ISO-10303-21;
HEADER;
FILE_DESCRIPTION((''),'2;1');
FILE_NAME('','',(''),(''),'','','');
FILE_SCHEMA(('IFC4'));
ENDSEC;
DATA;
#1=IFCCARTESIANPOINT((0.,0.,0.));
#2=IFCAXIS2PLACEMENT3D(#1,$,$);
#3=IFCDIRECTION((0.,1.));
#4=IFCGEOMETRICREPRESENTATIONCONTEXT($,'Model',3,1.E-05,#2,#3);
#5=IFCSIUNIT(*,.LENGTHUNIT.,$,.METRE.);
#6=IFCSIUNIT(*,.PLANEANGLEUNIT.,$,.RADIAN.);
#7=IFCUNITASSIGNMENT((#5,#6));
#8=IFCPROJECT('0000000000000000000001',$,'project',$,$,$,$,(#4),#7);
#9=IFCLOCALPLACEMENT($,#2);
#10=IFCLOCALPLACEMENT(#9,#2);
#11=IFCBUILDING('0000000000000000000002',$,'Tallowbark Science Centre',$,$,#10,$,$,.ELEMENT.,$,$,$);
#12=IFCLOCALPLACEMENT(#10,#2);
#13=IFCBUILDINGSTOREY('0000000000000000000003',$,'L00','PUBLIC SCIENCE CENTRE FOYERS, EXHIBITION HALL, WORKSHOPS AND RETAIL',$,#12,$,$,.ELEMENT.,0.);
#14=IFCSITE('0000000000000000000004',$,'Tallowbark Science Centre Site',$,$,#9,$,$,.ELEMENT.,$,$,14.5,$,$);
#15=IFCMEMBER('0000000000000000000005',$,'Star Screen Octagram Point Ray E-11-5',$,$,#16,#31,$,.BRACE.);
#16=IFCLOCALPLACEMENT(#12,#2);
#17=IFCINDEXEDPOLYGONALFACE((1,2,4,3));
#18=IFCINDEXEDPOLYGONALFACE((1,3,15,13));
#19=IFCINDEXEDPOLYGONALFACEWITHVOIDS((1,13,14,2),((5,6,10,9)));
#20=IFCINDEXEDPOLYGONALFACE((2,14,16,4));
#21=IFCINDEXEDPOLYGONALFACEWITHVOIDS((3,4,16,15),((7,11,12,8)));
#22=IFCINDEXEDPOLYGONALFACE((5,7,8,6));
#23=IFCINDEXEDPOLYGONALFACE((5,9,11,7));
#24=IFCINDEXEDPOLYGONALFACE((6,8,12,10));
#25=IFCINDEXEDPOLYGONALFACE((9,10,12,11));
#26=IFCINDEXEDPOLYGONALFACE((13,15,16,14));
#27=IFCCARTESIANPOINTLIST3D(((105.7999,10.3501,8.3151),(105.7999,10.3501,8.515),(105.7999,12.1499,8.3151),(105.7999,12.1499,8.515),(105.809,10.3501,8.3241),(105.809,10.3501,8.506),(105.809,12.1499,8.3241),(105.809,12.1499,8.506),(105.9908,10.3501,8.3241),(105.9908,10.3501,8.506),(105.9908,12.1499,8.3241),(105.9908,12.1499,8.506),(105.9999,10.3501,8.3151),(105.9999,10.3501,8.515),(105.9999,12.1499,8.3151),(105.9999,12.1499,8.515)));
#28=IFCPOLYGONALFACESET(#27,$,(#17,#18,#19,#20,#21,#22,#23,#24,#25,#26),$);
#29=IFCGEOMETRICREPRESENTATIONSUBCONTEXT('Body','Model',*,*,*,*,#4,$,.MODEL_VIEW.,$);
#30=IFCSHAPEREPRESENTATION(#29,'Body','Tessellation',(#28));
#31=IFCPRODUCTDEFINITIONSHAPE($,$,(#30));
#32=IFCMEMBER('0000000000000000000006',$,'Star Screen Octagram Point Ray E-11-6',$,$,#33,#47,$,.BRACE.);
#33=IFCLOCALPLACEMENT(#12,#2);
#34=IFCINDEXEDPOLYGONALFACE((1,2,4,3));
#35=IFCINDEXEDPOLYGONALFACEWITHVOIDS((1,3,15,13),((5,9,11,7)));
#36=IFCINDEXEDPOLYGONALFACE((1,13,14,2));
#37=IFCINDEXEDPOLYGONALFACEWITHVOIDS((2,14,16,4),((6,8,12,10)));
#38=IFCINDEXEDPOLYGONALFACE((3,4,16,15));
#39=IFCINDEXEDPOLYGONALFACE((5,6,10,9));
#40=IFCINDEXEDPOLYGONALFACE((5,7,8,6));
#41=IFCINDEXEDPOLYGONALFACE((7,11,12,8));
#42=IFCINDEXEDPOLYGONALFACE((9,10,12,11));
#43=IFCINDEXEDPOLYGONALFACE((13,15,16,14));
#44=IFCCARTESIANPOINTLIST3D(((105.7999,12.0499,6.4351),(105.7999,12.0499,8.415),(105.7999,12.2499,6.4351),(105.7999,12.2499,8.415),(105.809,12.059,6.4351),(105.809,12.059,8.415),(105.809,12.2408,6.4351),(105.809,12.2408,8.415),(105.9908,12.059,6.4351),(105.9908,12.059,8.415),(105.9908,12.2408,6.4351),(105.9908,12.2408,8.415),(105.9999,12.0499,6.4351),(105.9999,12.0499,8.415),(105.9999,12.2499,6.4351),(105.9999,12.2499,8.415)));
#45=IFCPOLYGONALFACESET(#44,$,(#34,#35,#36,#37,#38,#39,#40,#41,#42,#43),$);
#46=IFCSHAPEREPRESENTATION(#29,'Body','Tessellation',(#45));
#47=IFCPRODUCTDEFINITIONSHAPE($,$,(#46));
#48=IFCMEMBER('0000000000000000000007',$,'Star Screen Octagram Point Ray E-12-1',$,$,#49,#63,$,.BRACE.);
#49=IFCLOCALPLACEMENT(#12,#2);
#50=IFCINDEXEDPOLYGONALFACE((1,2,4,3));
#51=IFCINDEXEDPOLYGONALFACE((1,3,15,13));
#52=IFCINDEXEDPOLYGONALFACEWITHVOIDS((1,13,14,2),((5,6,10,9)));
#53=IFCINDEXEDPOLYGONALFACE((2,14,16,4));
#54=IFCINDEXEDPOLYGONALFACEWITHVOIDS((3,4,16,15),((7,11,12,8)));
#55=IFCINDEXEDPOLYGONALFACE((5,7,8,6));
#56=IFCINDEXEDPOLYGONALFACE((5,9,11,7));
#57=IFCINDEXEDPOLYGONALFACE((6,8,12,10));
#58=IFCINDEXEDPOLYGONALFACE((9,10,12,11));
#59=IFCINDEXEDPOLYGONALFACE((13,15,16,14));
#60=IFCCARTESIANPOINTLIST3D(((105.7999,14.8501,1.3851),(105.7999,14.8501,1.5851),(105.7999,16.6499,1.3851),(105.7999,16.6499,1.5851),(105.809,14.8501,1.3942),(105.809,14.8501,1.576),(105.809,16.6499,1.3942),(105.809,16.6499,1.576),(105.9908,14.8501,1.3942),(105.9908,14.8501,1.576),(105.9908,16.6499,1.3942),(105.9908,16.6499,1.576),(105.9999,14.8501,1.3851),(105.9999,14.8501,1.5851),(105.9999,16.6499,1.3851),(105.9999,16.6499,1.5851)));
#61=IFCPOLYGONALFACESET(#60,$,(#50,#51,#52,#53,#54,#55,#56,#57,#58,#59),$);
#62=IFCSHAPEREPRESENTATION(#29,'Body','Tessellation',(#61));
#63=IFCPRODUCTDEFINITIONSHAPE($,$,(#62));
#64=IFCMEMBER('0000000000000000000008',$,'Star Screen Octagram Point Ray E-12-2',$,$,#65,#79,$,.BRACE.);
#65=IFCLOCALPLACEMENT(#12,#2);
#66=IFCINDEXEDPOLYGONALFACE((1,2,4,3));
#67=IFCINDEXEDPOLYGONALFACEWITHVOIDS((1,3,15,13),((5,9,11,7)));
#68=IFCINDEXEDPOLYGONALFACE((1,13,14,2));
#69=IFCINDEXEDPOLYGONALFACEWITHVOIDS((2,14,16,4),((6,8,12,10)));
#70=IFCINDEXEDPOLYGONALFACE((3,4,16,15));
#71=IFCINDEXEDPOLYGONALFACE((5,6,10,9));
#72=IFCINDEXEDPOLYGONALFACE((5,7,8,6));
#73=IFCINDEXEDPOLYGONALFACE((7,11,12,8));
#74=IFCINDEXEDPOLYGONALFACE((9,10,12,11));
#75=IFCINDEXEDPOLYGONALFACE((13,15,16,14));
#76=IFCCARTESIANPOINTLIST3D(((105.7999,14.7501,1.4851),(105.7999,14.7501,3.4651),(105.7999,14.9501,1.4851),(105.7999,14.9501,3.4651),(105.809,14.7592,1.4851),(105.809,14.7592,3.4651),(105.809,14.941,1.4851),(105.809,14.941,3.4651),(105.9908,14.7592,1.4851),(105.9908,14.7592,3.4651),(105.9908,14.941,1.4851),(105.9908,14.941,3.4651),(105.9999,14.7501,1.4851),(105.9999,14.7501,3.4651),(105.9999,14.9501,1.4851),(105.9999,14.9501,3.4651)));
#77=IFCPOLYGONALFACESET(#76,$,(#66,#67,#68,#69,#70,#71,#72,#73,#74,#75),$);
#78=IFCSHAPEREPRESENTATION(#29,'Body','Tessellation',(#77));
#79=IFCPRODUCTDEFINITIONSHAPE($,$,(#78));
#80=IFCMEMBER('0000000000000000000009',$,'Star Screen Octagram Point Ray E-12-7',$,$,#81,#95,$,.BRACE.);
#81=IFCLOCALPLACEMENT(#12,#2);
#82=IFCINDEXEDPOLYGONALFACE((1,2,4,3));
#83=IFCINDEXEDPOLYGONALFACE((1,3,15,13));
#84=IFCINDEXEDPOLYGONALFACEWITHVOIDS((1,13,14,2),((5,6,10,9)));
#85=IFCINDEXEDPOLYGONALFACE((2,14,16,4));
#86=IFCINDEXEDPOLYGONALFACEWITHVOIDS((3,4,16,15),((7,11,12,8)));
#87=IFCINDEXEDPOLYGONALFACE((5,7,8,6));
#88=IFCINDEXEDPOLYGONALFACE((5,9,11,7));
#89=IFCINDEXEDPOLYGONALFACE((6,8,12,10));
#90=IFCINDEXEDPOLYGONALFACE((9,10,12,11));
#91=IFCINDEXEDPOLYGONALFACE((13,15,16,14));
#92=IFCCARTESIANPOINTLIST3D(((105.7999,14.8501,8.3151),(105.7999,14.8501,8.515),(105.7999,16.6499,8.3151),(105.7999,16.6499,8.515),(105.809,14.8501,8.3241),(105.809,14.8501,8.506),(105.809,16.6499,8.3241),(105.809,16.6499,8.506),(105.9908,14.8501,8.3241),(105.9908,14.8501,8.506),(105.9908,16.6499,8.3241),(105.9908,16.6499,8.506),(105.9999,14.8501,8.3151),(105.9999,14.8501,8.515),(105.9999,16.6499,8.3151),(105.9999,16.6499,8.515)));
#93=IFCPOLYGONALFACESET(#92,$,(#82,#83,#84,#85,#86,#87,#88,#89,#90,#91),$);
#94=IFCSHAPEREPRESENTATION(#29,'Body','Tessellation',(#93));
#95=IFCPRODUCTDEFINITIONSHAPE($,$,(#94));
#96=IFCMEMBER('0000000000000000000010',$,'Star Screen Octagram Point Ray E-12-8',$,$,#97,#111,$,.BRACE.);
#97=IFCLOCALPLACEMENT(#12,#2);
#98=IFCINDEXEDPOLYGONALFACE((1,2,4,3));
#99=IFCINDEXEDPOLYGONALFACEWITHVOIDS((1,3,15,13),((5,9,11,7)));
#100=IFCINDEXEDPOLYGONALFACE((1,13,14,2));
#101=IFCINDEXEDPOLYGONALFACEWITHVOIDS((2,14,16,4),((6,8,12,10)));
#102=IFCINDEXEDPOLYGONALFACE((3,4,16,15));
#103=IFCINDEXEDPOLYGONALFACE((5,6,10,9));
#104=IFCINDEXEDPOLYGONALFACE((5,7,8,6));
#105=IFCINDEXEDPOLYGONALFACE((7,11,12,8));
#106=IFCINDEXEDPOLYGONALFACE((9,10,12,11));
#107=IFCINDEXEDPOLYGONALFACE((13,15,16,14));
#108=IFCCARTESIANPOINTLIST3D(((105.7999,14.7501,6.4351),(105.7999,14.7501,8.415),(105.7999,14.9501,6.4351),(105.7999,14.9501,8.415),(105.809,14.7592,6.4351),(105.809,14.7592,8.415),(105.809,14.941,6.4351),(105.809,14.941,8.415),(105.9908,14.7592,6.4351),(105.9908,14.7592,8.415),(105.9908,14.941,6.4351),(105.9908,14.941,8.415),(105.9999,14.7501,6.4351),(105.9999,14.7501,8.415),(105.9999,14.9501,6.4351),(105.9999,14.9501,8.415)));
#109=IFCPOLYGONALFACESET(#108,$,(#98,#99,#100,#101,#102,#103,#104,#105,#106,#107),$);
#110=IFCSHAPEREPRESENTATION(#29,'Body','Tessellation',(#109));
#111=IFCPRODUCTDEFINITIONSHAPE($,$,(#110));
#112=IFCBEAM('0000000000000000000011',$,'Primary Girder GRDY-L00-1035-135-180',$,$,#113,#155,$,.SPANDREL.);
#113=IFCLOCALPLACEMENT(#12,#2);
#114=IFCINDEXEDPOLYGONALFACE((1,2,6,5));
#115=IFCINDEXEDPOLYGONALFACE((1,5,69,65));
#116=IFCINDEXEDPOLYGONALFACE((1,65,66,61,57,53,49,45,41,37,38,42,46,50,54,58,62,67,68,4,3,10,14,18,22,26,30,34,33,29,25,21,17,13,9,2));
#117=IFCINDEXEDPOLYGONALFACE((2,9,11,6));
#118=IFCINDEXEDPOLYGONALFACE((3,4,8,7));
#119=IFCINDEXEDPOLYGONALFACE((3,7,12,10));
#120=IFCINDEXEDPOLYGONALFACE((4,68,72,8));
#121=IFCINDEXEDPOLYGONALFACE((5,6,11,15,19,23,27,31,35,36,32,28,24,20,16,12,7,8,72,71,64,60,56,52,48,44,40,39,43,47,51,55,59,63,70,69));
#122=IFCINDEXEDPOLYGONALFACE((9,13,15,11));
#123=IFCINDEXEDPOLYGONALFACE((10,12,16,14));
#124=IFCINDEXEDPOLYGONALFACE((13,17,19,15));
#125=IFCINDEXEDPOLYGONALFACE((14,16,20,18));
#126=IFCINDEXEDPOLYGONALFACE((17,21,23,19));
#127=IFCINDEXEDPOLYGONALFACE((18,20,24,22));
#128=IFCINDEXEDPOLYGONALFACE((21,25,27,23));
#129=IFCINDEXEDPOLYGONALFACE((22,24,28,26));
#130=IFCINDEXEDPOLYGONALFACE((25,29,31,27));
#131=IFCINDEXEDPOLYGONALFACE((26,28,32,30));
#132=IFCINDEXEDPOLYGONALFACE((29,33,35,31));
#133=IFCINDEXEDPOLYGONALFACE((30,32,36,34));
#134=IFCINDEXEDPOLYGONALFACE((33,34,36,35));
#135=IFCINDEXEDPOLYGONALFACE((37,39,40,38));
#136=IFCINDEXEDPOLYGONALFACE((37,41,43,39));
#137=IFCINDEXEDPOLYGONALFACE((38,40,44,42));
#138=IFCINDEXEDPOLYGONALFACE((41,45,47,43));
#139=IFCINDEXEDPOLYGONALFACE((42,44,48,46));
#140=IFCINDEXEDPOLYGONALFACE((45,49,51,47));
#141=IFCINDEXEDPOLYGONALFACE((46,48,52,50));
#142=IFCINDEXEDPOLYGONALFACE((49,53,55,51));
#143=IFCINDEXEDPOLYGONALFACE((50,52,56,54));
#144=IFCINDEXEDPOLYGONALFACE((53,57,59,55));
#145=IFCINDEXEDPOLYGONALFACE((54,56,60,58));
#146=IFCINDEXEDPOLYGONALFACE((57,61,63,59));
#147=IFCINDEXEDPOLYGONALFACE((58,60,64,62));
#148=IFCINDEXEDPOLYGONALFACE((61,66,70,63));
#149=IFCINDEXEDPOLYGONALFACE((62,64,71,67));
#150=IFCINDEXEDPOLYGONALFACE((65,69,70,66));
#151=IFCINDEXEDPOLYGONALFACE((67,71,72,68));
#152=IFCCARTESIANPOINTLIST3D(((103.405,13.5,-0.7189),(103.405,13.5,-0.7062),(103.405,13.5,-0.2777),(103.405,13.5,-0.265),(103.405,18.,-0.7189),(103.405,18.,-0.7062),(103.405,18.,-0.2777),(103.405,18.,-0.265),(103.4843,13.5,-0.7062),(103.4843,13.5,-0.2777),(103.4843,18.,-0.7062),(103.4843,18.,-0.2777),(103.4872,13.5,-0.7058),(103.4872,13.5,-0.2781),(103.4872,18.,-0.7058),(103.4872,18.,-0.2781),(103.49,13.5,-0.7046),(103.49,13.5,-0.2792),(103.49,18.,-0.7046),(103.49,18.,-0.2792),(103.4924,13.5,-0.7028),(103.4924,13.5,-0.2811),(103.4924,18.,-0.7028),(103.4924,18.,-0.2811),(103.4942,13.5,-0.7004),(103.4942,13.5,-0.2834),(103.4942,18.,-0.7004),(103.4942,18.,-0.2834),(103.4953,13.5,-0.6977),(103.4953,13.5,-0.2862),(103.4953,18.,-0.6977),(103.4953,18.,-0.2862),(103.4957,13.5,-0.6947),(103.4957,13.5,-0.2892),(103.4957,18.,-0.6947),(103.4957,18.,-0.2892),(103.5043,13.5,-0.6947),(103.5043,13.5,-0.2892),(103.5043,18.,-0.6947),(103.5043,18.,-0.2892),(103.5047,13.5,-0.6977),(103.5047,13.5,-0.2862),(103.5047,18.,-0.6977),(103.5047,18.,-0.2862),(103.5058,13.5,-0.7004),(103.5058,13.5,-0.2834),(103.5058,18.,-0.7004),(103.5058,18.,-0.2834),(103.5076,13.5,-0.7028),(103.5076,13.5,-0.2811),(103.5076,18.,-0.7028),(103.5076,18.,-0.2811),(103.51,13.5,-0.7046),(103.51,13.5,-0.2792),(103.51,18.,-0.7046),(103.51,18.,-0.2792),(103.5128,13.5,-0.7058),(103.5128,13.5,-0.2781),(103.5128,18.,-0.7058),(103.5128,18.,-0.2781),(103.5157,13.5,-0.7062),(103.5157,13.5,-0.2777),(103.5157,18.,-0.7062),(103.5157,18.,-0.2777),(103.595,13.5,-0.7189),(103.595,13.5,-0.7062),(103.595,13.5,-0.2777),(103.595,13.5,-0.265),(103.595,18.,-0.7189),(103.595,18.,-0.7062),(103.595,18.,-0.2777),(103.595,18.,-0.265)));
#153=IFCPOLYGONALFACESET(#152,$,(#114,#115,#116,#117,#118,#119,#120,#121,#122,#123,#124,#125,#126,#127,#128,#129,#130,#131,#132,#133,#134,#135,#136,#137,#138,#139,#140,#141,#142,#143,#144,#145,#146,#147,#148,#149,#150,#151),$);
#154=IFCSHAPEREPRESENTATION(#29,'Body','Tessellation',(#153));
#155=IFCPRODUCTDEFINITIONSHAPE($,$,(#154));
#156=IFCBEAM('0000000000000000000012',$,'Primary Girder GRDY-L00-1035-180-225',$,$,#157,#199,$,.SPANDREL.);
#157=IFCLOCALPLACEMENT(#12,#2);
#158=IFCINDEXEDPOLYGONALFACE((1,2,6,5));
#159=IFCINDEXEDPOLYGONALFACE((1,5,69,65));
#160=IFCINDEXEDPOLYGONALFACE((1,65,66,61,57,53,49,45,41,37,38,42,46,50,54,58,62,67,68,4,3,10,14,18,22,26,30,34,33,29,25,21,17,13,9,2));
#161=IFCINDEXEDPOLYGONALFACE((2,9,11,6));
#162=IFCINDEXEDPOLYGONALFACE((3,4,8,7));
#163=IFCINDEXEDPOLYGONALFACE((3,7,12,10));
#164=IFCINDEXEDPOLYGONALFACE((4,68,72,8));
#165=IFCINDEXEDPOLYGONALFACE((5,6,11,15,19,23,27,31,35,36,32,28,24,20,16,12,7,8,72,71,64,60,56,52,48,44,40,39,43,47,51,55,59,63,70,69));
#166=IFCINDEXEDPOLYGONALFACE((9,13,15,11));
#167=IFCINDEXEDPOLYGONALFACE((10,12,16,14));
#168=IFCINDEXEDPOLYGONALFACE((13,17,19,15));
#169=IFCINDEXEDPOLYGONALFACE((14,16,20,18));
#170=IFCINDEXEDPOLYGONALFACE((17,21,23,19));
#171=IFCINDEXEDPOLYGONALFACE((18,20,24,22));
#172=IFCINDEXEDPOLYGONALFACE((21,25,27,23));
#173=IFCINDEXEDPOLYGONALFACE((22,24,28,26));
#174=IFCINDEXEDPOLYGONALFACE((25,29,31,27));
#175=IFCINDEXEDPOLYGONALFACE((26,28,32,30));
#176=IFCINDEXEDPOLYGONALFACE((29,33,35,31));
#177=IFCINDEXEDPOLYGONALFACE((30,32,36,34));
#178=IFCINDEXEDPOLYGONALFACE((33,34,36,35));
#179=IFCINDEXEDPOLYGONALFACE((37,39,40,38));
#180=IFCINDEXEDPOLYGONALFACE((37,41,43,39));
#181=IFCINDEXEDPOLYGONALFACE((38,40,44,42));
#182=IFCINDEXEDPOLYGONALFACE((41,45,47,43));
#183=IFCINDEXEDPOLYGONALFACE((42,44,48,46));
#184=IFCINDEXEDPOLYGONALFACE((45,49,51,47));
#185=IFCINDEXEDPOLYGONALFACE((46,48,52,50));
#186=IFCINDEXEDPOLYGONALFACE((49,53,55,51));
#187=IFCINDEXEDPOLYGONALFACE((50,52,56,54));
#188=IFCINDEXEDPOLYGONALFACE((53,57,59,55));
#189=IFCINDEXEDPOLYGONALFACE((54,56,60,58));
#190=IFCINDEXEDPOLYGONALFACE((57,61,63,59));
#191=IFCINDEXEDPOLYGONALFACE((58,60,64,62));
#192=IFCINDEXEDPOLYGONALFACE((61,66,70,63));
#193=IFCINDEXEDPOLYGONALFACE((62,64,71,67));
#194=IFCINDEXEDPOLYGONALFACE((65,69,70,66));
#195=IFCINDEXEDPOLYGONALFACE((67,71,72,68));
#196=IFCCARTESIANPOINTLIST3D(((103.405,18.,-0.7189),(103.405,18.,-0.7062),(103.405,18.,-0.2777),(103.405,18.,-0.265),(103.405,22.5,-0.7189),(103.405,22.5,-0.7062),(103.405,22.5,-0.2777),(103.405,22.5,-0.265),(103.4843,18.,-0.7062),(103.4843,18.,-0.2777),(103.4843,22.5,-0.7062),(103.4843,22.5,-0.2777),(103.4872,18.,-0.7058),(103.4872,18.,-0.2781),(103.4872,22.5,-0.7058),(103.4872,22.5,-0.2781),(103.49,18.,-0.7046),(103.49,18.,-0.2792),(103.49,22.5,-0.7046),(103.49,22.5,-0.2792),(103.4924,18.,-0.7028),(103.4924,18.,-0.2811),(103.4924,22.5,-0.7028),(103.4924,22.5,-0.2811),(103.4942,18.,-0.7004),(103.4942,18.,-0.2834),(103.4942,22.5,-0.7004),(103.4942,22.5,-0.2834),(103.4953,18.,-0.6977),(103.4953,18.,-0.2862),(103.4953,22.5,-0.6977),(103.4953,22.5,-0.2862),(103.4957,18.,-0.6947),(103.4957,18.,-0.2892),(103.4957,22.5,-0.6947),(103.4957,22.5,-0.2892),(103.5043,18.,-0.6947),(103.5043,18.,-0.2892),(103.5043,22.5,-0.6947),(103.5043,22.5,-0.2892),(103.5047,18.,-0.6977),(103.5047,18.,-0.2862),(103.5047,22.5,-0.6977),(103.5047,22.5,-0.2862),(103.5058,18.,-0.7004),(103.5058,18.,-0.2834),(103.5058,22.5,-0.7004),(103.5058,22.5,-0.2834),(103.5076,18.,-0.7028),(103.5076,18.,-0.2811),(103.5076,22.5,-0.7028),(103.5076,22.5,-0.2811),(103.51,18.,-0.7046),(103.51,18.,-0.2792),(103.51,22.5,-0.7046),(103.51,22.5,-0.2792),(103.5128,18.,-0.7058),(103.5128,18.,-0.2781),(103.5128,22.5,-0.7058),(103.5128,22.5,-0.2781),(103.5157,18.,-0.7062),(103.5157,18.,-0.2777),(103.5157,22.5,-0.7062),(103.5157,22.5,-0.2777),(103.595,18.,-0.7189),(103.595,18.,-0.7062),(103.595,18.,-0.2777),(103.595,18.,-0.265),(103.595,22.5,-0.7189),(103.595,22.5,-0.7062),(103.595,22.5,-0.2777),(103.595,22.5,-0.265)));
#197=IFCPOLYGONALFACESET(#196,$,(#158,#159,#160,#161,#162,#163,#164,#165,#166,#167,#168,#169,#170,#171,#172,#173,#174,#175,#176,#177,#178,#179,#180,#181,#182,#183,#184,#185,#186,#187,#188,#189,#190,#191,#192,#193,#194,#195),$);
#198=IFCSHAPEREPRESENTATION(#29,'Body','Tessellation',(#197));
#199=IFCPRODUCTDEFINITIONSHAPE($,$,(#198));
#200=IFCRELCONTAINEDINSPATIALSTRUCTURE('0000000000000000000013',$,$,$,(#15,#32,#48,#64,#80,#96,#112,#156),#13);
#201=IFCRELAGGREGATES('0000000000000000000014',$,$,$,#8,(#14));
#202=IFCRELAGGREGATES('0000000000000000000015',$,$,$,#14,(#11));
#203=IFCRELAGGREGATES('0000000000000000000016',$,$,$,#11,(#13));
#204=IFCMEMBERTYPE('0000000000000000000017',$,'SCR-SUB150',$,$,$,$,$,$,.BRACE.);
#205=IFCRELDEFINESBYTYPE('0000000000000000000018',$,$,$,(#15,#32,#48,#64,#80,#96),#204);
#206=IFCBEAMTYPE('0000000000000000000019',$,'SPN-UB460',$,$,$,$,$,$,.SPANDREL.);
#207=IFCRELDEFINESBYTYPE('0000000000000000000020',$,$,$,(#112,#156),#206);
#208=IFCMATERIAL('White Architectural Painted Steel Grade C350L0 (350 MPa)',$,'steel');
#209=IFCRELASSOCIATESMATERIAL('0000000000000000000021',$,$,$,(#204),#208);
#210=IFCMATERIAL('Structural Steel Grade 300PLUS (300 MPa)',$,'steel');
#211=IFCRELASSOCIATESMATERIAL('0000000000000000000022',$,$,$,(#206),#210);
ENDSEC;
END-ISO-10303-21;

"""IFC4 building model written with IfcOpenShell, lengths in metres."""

from ifc_helpers import new_model, si_unit, direction, frame, origin, origin_2d, place, context, subcontext, project, spatial, hollow_rectangle, i_section, extrude, material, material_profile, profile_set, type_object, element, save


model = new_model("IFC4")

# Units and contexts
model_context = context("Model", 3, precision=1e-05, world=origin(), true_north=direction((0.0, 1.0)))
body_context = subcontext(model_context, "Body", "Model", "MODEL_VIEW")
ifc_project = project(units=[si_unit("LENGTHUNIT", "METRE"), si_unit("PLANEANGLEUNIT", "RADIAN")], contexts=[model_context])

# Site, building, storey
site_placement = place(None, origin())
site = spatial("IfcSite", under=ifc_project, at=site_placement, Name="Tallowbark Science Centre Site", CompositionType="ELEMENT", RefElevation=14.5)
building_placement = place(site_placement, origin())
building = spatial("IfcBuilding", under=site, at=building_placement, Name="Tallowbark Science Centre", CompositionType="ELEMENT")
storey_placement = place(building_placement, origin())
storey = spatial("IfcBuildingStorey", under=building, at=storey_placement, Name="L00", Description="PUBLIC SCIENCE CENTRE FOYERS, EXHIBITION HALL, WORKSHOPS AND RETAIL", CompositionType="ELEMENT", Elevation=0.0)

# Shared definitions
ifc_material_1 = material(Name="White Architectural Painted Steel Grade C350L0 (350 MPa)", Category="steel")
ifc_material_2 = material(Name="Structural Steel Grade 300PLUS (300 MPa)", Category="steel")

# Members
ifc_material_profile_1 = material_profile(ifc_material_1, hollow_rectangle(XDim=0.2, YDim=0.2, WallThickness=0.009, at=origin_2d()), Name="200x200x9.0SHS")
ifc_profile_set_1 = profile_set([ifc_material_profile_1], Name="White Architectural Painted Steel Grade C350L0 (350 MPa)")
member_type_1 = type_object("IfcMemberType", Name="SCR-SUB150", PredefinedType="BRACE", material=ifc_profile_set_1)
member_1_placement = place(storey_placement, frame((105.8999, 12.1499, 8.415), z_axis=(0.0, -1.0, 0.0), x_axis=(1.0, 0.0, 0.0)))
element("IfcMember", 1, at=member_1_placement, inside=storey, type_object=member_type_1, Name="Star Screen Octagram Point Ray E-11-5", PredefinedType="BRACE", context=body_context, shape_type="SweptSolid", body=[
    extrude(hollow_rectangle(XDim=0.2, YDim=0.2, WallThickness=0.009, at=origin_2d()), origin(), (0.0, 0.0, 1.0), 1.7998),
])
member_2_placement = place(storey_placement, frame((105.8999, 12.1499, 8.415), z_axis=(0.0, 0.0, -1.0), x_axis=(1.0, 0.0, 0.0)))
element("IfcMember", 2, at=member_2_placement, inside=storey, type_object=member_type_1, Name="Star Screen Octagram Point Ray E-11-6", PredefinedType="BRACE", context=body_context, shape_type="SweptSolid", body=[
    extrude(hollow_rectangle(XDim=0.2, YDim=0.2, WallThickness=0.009, at=origin_2d()), origin(), (0.0, 0.0, 1.0), 1.98),
])
member_3_placement = place(storey_placement, frame((105.8999, 14.8501, 1.4851), z_axis=(0.0, 1.0, 0.0), x_axis=(-1.0, 0.0, 0.0)))
element("IfcMember", 3, at=member_3_placement, inside=storey, type_object=member_type_1, Name="Star Screen Octagram Point Ray E-12-1", PredefinedType="BRACE", context=body_context, shape_type="SweptSolid", body=[
    extrude(hollow_rectangle(XDim=0.2, YDim=0.2, WallThickness=0.009, at=origin_2d()), origin(), (0.0, 0.0, 1.0), 1.7998),
])
member_4_placement = place(storey_placement, frame((105.8999, 14.8501, 1.4851), z_axis=(0.0, 0.0, 1.0), x_axis=(1.0, 0.0, 0.0)))
element("IfcMember", 4, at=member_4_placement, inside=storey, type_object=member_type_1, Name="Star Screen Octagram Point Ray E-12-2", PredefinedType="BRACE", context=body_context, shape_type="SweptSolid", body=[
    extrude(hollow_rectangle(XDim=0.2, YDim=0.2, WallThickness=0.009, at=origin_2d()), origin(), (0.0, 0.0, 1.0), 1.98),
])
member_5_placement = place(storey_placement, frame((105.8999, 14.8501, 8.415), z_axis=(0.0, 1.0, 0.0), x_axis=(-1.0, 0.0, 0.0)))
element("IfcMember", 5, at=member_5_placement, inside=storey, type_object=member_type_1, Name="Star Screen Octagram Point Ray E-12-7", PredefinedType="BRACE", context=body_context, shape_type="SweptSolid", body=[
    extrude(hollow_rectangle(XDim=0.2, YDim=0.2, WallThickness=0.009, at=origin_2d()), origin(), (0.0, 0.0, 1.0), 1.7998),
])
member_6_placement = place(storey_placement, frame((105.8999, 14.8501, 8.415), z_axis=(0.0, 0.0, -1.0), x_axis=(1.0, 0.0, 0.0)))
element("IfcMember", 6, at=member_6_placement, inside=storey, type_object=member_type_1, Name="Star Screen Octagram Point Ray E-12-8", PredefinedType="BRACE", context=body_context, shape_type="SweptSolid", body=[
    extrude(hollow_rectangle(XDim=0.2, YDim=0.2, WallThickness=0.009, at=origin_2d()), origin(), (0.0, 0.0, 1.0), 1.98),
])

# Beams
ifc_material_profile_2 = material_profile(ifc_material_2, i_section(OverallWidth=0.1899, OverallDepth=0.4539, WebThickness=0.0085, FlangeThickness=0.0127, FilletRadius=0.0115, at=origin_2d()), Name="460UB67.1")
ifc_profile_set_2 = profile_set([ifc_material_profile_2], Name="Structural Steel Grade 300PLUS (300 MPa)")
beam_type = type_object("IfcBeamType", Name="SPN-UB460", PredefinedType="SPANDREL", material=ifc_profile_set_2)
for number, where, z_axis, x_axis, name in (
    (7, (103.5, 13.5, -0.4919), (0.0, 1.0, 0.0), (-1.0, 0.0, 0.0), "Primary Girder GRDY-L00-1035-135-180"),
    (8, (103.5, 18.0, -0.4919), (0.0, 1.0, 0.0), (-1.0, 0.0, 0.0), "Primary Girder GRDY-L00-1035-180-225"),
):
    element("IfcBeam", number, at=place(storey_placement, frame(where, z_axis=z_axis, x_axis=x_axis)), inside=storey, type_object=beam_type, Name=name, PredefinedType="SPANDREL", context=body_context, shape_type="SweptSolid", body=[
        extrude(i_section(OverallWidth=0.1899, OverallDepth=0.4539, WebThickness=0.0085, FlangeThickness=0.0127, FilletRadius=0.0115, at=origin_2d()), origin(), (0.0, 0.0, 1.0), 4.5),
    ])

save(model, "model.ifc")
